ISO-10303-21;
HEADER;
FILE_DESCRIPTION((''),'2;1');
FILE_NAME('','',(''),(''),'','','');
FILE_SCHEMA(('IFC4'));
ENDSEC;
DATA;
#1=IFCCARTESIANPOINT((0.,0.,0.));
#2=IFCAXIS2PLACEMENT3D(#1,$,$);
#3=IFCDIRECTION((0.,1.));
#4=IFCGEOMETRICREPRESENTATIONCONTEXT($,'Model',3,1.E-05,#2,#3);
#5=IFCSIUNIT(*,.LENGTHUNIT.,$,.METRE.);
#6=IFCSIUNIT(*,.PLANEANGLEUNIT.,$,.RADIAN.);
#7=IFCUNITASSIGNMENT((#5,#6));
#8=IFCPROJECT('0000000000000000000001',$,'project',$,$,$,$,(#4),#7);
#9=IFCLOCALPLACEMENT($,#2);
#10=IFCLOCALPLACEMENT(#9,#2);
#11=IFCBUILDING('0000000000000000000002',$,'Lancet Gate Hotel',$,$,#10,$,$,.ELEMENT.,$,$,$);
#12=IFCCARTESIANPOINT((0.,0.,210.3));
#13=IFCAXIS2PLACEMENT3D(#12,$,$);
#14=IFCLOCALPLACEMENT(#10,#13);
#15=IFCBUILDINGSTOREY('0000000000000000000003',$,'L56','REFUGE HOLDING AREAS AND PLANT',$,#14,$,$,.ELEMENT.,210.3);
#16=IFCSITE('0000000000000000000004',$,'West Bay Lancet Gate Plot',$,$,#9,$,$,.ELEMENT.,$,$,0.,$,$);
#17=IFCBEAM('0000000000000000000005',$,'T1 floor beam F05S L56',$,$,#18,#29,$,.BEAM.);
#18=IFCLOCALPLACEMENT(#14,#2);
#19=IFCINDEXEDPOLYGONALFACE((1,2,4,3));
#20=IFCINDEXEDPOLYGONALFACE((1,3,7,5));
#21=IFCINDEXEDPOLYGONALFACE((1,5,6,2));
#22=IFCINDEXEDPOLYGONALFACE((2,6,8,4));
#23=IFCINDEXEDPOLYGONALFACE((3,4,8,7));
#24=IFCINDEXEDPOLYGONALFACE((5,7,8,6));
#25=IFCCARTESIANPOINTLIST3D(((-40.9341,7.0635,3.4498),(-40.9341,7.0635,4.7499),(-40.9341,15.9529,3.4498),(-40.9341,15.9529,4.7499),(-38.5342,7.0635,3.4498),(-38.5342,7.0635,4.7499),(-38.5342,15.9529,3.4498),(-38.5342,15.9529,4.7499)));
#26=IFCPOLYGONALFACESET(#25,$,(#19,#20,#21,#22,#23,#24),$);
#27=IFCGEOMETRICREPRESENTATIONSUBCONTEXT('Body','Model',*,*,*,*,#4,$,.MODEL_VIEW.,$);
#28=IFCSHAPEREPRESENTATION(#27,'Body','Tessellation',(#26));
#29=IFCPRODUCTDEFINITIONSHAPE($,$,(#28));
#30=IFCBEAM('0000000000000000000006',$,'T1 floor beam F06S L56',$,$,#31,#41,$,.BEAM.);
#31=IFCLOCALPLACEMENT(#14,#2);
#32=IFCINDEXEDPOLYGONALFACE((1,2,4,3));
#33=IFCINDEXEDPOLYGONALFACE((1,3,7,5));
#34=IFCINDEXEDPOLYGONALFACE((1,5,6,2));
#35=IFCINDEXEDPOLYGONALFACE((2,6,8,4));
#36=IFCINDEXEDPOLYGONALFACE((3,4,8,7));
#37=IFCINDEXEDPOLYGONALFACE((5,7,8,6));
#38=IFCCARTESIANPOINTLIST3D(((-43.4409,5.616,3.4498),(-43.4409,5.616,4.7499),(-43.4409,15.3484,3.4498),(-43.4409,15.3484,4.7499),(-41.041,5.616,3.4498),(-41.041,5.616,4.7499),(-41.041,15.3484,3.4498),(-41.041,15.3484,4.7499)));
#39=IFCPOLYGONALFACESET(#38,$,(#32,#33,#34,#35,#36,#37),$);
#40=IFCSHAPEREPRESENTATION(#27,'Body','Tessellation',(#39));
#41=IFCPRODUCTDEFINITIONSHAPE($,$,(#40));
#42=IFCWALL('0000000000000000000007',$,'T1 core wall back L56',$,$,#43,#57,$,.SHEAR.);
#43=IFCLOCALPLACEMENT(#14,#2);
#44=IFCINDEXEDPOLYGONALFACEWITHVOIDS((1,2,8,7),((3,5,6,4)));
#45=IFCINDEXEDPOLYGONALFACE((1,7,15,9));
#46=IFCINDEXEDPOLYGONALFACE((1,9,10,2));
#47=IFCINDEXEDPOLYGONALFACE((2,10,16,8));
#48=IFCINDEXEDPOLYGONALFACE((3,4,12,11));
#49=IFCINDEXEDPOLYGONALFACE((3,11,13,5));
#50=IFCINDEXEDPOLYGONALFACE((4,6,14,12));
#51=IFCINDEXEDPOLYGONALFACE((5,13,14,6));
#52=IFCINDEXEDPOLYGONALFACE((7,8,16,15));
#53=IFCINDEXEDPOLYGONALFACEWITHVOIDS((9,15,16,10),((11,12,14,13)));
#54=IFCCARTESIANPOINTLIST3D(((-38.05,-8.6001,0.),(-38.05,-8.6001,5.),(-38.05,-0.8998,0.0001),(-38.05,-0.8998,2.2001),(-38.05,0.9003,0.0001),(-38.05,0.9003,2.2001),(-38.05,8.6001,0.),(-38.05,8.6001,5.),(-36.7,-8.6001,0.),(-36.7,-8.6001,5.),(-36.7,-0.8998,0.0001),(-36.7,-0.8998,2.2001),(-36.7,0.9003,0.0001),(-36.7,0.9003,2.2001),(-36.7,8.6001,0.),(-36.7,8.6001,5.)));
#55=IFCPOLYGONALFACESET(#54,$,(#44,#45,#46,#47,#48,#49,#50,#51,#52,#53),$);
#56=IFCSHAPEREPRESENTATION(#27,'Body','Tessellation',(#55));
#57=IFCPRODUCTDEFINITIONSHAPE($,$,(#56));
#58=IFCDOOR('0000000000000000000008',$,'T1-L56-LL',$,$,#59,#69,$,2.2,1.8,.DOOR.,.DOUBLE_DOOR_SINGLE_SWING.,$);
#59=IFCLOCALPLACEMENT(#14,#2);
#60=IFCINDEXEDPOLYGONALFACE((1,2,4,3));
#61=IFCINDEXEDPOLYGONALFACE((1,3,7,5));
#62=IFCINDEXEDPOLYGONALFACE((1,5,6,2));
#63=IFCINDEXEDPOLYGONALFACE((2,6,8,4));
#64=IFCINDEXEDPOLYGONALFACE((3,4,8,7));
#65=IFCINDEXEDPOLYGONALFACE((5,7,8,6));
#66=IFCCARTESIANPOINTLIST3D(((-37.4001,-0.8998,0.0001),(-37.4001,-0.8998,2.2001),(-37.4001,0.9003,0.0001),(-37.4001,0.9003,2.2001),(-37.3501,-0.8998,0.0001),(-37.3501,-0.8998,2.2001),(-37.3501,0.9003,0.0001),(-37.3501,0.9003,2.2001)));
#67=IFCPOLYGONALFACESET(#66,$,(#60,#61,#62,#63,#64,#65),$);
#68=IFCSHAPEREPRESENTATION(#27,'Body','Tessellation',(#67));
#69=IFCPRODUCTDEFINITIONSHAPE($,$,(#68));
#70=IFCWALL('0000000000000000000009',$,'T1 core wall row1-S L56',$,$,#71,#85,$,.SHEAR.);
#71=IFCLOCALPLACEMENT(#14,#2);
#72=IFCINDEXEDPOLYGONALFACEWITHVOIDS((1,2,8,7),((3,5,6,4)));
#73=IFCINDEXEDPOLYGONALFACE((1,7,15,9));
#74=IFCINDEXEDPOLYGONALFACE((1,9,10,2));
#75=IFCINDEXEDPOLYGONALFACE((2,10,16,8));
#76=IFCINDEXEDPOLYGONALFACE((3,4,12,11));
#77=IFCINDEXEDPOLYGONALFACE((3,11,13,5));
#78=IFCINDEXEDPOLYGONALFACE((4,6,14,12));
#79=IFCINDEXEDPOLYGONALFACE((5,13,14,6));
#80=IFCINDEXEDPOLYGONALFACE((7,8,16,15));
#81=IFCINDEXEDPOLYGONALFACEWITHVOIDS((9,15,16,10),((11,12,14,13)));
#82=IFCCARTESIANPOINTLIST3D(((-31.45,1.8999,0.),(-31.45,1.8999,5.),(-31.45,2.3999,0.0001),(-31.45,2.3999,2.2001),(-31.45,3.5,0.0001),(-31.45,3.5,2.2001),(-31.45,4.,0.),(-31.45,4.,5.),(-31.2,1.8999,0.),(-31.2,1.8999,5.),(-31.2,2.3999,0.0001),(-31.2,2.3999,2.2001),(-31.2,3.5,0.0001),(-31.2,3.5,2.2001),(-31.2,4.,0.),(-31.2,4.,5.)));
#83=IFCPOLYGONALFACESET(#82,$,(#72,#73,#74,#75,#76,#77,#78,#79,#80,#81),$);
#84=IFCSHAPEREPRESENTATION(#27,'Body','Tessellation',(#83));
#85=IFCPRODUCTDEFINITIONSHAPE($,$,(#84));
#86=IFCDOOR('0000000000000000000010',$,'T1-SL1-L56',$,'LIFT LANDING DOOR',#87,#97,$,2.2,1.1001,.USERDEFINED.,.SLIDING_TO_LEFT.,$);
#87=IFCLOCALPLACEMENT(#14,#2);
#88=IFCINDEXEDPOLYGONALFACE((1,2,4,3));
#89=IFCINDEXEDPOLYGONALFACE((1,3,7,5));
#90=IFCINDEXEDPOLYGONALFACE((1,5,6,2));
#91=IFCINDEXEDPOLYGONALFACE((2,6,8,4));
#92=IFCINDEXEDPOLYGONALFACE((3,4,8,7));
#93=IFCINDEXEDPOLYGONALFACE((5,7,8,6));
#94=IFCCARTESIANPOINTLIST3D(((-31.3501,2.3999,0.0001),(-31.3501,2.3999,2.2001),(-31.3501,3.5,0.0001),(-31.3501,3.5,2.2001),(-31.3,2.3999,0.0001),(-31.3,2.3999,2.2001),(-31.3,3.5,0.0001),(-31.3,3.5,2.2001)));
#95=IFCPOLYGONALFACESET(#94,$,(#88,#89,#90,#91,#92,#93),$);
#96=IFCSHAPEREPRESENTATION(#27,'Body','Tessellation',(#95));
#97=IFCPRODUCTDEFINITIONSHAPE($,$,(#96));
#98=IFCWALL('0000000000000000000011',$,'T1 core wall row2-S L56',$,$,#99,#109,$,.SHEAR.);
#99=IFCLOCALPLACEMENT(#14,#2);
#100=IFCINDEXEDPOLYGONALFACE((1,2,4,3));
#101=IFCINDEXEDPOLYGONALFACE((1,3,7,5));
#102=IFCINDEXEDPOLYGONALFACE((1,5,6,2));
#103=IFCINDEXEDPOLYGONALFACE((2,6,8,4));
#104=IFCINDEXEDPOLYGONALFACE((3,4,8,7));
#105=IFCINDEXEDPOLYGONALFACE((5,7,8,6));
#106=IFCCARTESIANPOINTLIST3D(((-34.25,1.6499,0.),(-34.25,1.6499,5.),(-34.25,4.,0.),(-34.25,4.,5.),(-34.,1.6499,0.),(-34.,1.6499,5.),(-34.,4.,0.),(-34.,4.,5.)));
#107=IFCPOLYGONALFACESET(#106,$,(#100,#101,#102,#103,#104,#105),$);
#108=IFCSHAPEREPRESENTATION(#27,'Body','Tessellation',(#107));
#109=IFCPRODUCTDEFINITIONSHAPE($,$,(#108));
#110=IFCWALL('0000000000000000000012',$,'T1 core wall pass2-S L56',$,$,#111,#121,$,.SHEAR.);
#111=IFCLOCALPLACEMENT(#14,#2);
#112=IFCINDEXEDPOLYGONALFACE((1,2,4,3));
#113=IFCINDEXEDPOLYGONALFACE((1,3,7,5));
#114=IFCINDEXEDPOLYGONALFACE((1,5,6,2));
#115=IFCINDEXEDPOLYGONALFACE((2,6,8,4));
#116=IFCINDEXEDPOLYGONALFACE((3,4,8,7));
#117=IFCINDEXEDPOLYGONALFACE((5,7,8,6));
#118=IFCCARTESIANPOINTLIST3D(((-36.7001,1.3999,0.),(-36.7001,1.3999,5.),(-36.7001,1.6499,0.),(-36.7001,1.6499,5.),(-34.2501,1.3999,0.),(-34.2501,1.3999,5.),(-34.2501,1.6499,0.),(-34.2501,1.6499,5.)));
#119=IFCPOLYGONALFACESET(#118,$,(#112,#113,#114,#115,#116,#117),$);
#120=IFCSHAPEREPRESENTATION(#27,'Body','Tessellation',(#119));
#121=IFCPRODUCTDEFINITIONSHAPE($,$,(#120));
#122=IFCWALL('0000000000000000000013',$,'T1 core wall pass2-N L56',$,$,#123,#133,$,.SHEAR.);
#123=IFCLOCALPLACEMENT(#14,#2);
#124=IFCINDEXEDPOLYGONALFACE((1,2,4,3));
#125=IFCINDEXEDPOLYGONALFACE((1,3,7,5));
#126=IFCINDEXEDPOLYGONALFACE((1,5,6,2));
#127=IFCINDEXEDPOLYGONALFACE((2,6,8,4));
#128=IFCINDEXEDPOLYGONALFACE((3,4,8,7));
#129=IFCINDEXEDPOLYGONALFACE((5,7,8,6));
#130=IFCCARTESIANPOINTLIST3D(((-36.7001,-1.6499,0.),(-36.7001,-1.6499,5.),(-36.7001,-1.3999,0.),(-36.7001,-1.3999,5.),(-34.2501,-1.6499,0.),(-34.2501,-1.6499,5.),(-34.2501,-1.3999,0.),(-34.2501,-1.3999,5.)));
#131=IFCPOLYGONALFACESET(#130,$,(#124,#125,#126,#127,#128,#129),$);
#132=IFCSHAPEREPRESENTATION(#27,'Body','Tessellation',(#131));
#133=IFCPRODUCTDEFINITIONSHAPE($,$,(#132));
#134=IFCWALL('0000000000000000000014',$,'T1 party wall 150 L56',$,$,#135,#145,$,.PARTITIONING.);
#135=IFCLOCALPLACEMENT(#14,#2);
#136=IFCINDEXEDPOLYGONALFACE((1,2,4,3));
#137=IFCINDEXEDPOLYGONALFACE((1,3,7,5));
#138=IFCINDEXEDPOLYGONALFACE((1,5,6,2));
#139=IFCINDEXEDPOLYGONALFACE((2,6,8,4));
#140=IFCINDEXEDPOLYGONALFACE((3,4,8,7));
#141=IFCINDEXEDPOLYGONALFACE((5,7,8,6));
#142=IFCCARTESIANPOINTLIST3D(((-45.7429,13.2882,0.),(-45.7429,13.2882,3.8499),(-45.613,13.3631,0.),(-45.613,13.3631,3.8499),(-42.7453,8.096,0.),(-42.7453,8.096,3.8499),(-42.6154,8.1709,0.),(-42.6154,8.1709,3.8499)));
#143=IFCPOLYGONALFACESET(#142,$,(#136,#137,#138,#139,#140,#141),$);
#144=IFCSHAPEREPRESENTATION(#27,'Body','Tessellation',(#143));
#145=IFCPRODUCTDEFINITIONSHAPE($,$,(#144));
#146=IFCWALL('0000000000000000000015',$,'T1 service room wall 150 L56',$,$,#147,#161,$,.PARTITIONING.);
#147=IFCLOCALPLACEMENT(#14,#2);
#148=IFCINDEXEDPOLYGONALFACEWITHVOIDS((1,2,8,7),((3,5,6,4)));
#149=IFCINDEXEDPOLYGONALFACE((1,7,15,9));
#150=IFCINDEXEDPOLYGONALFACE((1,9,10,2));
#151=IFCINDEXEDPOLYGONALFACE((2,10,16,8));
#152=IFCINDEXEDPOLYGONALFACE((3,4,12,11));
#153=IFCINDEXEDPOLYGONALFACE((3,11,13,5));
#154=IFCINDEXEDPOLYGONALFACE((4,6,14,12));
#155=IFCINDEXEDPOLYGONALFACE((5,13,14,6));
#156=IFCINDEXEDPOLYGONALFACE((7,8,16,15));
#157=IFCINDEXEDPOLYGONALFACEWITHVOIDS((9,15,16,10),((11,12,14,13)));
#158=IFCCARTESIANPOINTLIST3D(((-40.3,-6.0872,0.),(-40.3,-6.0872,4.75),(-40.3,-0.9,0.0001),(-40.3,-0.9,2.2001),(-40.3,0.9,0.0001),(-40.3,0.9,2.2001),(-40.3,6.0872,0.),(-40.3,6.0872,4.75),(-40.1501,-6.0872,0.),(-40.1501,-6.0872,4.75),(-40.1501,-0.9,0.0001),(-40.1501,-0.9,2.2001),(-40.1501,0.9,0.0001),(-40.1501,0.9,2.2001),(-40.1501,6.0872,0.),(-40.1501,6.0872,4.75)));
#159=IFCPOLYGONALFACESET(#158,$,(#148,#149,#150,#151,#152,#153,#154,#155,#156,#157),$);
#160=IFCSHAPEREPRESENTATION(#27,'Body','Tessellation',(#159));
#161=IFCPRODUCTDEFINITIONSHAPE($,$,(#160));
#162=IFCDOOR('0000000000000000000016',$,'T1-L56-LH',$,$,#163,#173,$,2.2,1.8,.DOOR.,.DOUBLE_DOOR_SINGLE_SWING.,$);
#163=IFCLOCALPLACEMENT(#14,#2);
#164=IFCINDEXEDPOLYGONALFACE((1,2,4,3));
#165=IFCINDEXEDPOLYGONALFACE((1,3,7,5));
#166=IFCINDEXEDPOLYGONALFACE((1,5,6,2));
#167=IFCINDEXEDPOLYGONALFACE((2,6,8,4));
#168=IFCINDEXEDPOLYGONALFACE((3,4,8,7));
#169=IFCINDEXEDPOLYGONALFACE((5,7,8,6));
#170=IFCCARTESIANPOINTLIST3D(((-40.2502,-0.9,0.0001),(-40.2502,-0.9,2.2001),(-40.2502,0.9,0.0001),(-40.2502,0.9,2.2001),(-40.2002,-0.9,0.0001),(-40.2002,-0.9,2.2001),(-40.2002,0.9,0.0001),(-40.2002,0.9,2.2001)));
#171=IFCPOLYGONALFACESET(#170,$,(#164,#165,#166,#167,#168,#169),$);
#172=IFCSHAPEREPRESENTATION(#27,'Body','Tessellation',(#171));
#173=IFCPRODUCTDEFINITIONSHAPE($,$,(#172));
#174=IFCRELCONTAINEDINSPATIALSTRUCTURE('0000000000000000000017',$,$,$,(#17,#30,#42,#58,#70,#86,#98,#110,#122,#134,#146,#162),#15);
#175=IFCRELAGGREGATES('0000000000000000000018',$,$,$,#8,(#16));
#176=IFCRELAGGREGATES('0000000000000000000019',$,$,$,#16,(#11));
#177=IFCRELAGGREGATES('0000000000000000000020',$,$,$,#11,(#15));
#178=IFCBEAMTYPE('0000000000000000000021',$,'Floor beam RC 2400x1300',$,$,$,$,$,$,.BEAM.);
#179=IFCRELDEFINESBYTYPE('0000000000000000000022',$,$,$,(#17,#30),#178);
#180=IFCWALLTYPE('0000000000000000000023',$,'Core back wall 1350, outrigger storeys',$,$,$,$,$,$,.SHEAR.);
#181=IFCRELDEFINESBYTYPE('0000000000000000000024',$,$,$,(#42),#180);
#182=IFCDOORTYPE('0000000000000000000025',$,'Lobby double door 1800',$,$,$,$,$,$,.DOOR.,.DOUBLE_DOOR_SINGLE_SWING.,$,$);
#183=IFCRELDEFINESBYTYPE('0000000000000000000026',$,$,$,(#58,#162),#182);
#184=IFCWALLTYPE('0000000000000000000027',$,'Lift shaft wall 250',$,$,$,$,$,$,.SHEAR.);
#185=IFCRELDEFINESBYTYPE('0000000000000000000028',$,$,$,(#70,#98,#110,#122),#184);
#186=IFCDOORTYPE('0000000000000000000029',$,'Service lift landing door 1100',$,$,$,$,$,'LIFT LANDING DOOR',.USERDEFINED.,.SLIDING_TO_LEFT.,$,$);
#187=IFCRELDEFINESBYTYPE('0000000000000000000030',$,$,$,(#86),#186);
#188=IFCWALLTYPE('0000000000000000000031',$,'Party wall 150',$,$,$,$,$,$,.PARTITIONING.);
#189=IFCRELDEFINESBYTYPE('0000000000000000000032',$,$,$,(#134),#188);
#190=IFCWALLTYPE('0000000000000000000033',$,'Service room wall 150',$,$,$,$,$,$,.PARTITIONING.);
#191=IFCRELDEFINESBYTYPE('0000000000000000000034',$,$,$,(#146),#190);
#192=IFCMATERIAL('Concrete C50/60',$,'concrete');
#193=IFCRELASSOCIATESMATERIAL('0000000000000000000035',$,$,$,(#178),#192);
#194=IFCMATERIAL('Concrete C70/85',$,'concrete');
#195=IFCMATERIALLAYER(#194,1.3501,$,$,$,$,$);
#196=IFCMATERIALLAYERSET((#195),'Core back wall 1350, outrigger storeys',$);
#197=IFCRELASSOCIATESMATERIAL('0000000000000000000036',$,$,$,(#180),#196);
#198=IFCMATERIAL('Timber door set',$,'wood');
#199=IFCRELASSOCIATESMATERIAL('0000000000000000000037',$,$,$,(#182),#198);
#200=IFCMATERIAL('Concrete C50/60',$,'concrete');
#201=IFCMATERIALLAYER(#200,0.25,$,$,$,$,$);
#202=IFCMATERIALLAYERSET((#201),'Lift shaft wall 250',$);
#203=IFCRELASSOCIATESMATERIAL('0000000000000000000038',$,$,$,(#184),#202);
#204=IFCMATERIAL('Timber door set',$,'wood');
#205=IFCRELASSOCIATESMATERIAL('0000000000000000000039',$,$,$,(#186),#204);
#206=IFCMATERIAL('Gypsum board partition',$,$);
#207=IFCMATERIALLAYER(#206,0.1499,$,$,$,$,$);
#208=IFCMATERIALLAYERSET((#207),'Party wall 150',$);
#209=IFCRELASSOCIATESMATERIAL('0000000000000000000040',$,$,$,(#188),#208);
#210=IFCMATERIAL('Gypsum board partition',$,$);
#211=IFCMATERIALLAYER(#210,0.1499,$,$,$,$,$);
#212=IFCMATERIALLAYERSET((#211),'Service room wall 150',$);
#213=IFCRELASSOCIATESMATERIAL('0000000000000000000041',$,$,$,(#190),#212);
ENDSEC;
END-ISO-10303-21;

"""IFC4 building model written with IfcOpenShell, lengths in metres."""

from ifc_helpers import new_model, si_unit, direction, frame, frame_2d, origin, origin_2d, place, context, subcontext, project, spatial, rectangle, extrude, material, layer, layer_set, material_profile, profile_set, type_object, element, fill, save


model = new_model("IFC4")

# Units and contexts
model_context = context("Model", 3, precision=1e-05, world=origin(), true_north=direction((0.0, 1.0)))
body_context = subcontext(model_context, "Body", "Model", "MODEL_VIEW")
ifc_project = project(units=[si_unit("LENGTHUNIT", "METRE"), si_unit("PLANEANGLEUNIT", "RADIAN")], contexts=[model_context])

# Site, building, storey
site_placement = place(None, origin())
site = spatial("IfcSite", under=ifc_project, at=site_placement, Name="West Bay Lancet Gate Plot", CompositionType="ELEMENT", RefElevation=0.0)
building_placement = place(site_placement, origin())
building = spatial("IfcBuilding", under=site, at=building_placement, Name="Lancet Gate Hotel", CompositionType="ELEMENT")
storey_placement = place(building_placement, frame((0.0, 0.0, 210.3)))
storey = spatial("IfcBuildingStorey", under=building, at=storey_placement, Name="L56", Description="REFUGE HOLDING AREAS AND PLANT", CompositionType="ELEMENT", Elevation=210.3)

# Beams
ifc_material_1 = material(Name="Concrete C50/60", Category="concrete")
ifc_material_profile = material_profile(ifc_material_1, rectangle(XDim=2.3999, YDim=1.3, at=origin_2d()), Name="RC 2400x1300")
ifc_profile_set = profile_set([ifc_material_profile], Name="Concrete C50/60")
beam_type = type_object("IfcBeamType", Name="Floor beam RC 2400x1300", PredefinedType="BEAM", material=ifc_profile_set)
beam_1_placement = place(storey_placement, frame((-39.7341, 15.9529, 4.0999), z_axis=(0.0, -1.0, 0.0), x_axis=(1.0, 0.0, 0.0)))
element("IfcBeam", 1, at=beam_1_placement, inside=storey, type_object=beam_type, Name="T1 floor beam F05S L56", PredefinedType="BEAM", context=body_context, shape_type="SweptSolid", body=[
    extrude(rectangle(XDim=2.3999, YDim=1.3, at=origin_2d()), origin(), (0.0, 0.0, 1.0), 8.8894),
])
beam_2_placement = place(storey_placement, frame((-42.241, 15.3484, 4.0999), z_axis=(0.0, -1.0, 0.0), x_axis=(1.0, 0.0, 0.0)))
element("IfcBeam", 2, at=beam_2_placement, inside=storey, type_object=beam_type, Name="T1 floor beam F06S L56", PredefinedType="BEAM", context=body_context, shape_type="SweptSolid", body=[
    extrude(rectangle(XDim=2.3999, YDim=1.3, at=origin_2d()), origin(), (0.0, 0.0, 1.0), 9.7324),
])

# Walls, openings, doors
ifc_material_2 = material(Name="Concrete C70/85", Category="concrete")
ifc_layer_1 = layer(ifc_material_2, 1.3501)
ifc_layer_set_1 = layer_set([ifc_layer_1], Name="Core back wall 1350, outrigger storeys")
wall_type_1 = type_object("IfcWallType", Name="Core back wall 1350, outrigger storeys", PredefinedType="SHEAR", material=ifc_layer_set_1)
wall_1_placement = place(storey_placement, frame((-37.375, 8.6001, 0.0), z_axis=(0.0, 0.0, 1.0), x_axis=(0.0, -1.0, 0.0)))
wall_1 = element("IfcWall", 3, at=wall_1_placement, inside=storey, type_object=wall_type_1, Name="T1 core wall back L56", PredefinedType="SHEAR", context=body_context, shape_type="SweptSolid", body=[
    extrude(rectangle(XDim=17.2002, YDim=1.3501, at=frame_2d((8.6001, 0.0))), origin(), (0.0, 0.0, 1.0), 5.0),
])
opening_1_placement = place(wall_1_placement, frame((7.7, 0.0, 0.0)))
opening_1 = element("IfcOpeningElement", 4, at=opening_1_placement, cuts=wall_1, PredefinedType="OPENING", context=body_context, shape_type="SweptSolid", body=[
    extrude(rectangle(XDim=1.8, YDim=2.2, at=frame_2d((0.8999, 1.1001))), frame((0.0, 0.6851, 0.0), z_axis=(0.0, -1.0, 0.0), x_axis=(1.0, 0.0, 0.0)), (0.0, 0.0, 1.0), 1.3701),
])
ifc_material_3 = material(Name="Timber door set", Category="wood")
door_type_1 = type_object("IfcDoorType", Name="Lobby double door 1800", OperationType="DOUBLE_DOOR_SINGLE_SWING", PredefinedType="DOOR", material=ifc_material_3)
door_1_placement = place(opening_1_placement, origin())
door_1 = element("IfcDoor", 5, at=door_1_placement, inside=storey, type_object=door_type_1, Name="T1-L56-LL", OperationType="DOUBLE_DOOR_SINGLE_SWING", OverallHeight=2.2, OverallWidth=1.8, PredefinedType="DOOR", context=body_context, shape_type="SweptSolid", body=[
    extrude(rectangle(XDim=1.8, YDim=2.2, at=frame_2d((0.8999, 1.1001))), frame((0.0, 0.0249, 0.0), z_axis=(0.0, -1.0, 0.0), x_axis=(1.0, 0.0, 0.0)), (0.0, 0.0, 1.0), 0.05),
])
fill(opening_1, door_1)
ifc_material_4 = material(Name="Concrete C50/60", Category="concrete")
ifc_layer_2 = layer(ifc_material_4, 0.25)
ifc_layer_set_2 = layer_set([ifc_layer_2], Name="Lift shaft wall 250")
wall_type_2 = type_object("IfcWallType", Name="Lift shaft wall 250", PredefinedType="SHEAR", material=ifc_layer_set_2)
wall_2_placement = place(storey_placement, frame((-31.325, 4.0, 0.0), z_axis=(0.0, 0.0, 1.0), x_axis=(0.0, -1.0, 0.0)))
wall_2 = element("IfcWall", 6, at=wall_2_placement, inside=storey, type_object=wall_type_2, Name="T1 core wall row1-S L56", PredefinedType="SHEAR", context=body_context, shape_type="SweptSolid", body=[
    extrude(rectangle(XDim=2.1001, YDim=0.25, at=frame_2d((1.05, 0.0))), origin(), (0.0, 0.0, 1.0), 5.0),
])
opening_2_placement = place(wall_2_placement, frame((0.5, 0.0, 0.0)))
opening_2 = element("IfcOpeningElement", 7, at=opening_2_placement, cuts=wall_2, PredefinedType="OPENING", context=body_context, shape_type="SweptSolid", body=[
    extrude(rectangle(XDim=1.1001, YDim=2.2, at=frame_2d((0.55, 1.1001))), frame((0.0, 0.135, 0.0), z_axis=(0.0, -1.0, 0.0), x_axis=(1.0, 0.0, 0.0)), (0.0, 0.0, 1.0), 0.27),
])
ifc_material_5 = material(Name="Timber door set", Category="wood")
door_type_2 = type_object("IfcDoorType", Name="Service lift landing door 1100", ElementType="LIFT LANDING DOOR", OperationType="SLIDING_TO_LEFT", PredefinedType="USERDEFINED", material=ifc_material_5)
door_2_placement = place(opening_2_placement, origin())
door_2 = element("IfcDoor", 8, at=door_2_placement, inside=storey, type_object=door_type_2, Name="T1-SL1-L56", ObjectType="LIFT LANDING DOOR", OperationType="SLIDING_TO_LEFT", OverallHeight=2.2, OverallWidth=1.1001, PredefinedType="USERDEFINED", context=body_context, shape_type="SweptSolid", body=[
    extrude(rectangle(XDim=1.1001, YDim=2.2, at=frame_2d((0.55, 1.1001))), frame((0.0, 0.0249, 0.0), z_axis=(0.0, -1.0, 0.0), x_axis=(1.0, 0.0, 0.0)), (0.0, 0.0, 1.0), 0.05),
])
fill(opening_2, door_2)

# Walls
wall_3_placement = place(storey_placement, frame((-34.125, 4.0, 0.0), z_axis=(0.0, 0.0, 1.0), x_axis=(0.0, -1.0, 0.0)))
element("IfcWall", 9, at=wall_3_placement, inside=storey, type_object=wall_type_2, Name="T1 core wall row2-S L56", PredefinedType="SHEAR", context=body_context, shape_type="SweptSolid", body=[
    extrude(rectangle(XDim=2.3501, YDim=0.25, at=frame_2d((1.175, 0.0))), origin(), (0.0, 0.0, 1.0), 5.0),
])
for number, where, z_axis, x_axis, name in (
    (10, (-34.25, 1.5249, 0.0), (0.0, 0.0, 1.0), (-1.0, 0.0, 0.0), "T1 core wall pass2-S L56"),
    (11, (-34.25, -1.5249, 0.0), (0.0, 0.0, 1.0), (-1.0, 0.0, 0.0), "T1 core wall pass2-N L56"),
):
    element("IfcWall", number, at=place(storey_placement, frame(where, z_axis=z_axis, x_axis=x_axis)), inside=storey, type_object=wall_type_2, Name=name, PredefinedType="SHEAR", context=body_context, shape_type="SweptSolid", body=[
        extrude(rectangle(XDim=2.45, YDim=0.25, at=frame_2d((1.2251, 0.0))), origin(), (0.0, 0.0, 1.0), 5.0),
    ])
ifc_material_6 = material(Name="Gypsum board partition")
ifc_layer_3 = layer(ifc_material_6, 0.1499)
ifc_layer_set_3 = layer_set([ifc_layer_3], Name="Party wall 150")
wall_type_3 = type_object("IfcWallType", Name="Party wall 150", PredefinedType="PARTITIONING", material=ifc_layer_set_3)
wall_4_placement = place(storey_placement, frame((-42.6804, 8.1335, 0.0), z_axis=(0.0, 0.0, 1.0), x_axis=(-0.499984, 0.866034, 0.0)))
element("IfcWall", 12, at=wall_4_placement, inside=storey, type_object=wall_type_3, Name="T1 party wall 150 L56", PredefinedType="PARTITIONING", context=body_context, shape_type="SweptSolid", body=[
    extrude(rectangle(XDim=5.9954, YDim=0.1499, at=frame_2d((2.9976, 0.0))), origin(), (0.0, 0.0, 1.0), 3.8499),
])

# Wall, opening, door
ifc_material_7 = material(Name="Gypsum board partition")
ifc_layer_4 = layer(ifc_material_7, 0.1499)
ifc_layer_set_4 = layer_set([ifc_layer_4], Name="Service room wall 150")
wall_type_4 = type_object("IfcWallType", Name="Service room wall 150", PredefinedType="PARTITIONING", material=ifc_layer_set_4)
wall_5_placement = place(storey_placement, frame((-40.2251, 6.0872, 0.0), z_axis=(0.0, 0.0, 1.0), x_axis=(0.0, -1.0, 0.0)))
wall_5 = element("IfcWall", 13, at=wall_5_placement, inside=storey, type_object=wall_type_4, Name="T1 service room wall 150 L56", PredefinedType="PARTITIONING", context=body_context, shape_type="SweptSolid", body=[
    extrude(rectangle(XDim=12.1743, YDim=0.1499, at=frame_2d((6.0872, 0.0))), origin(), (0.0, 0.0, 1.0), 4.75),
])
opening_3_placement = place(wall_5_placement, frame((5.1873, 0.0, 0.0)))
opening_3 = element("IfcOpeningElement", 14, at=opening_3_placement, cuts=wall_5, PredefinedType="OPENING", context=body_context, shape_type="SweptSolid", body=[
    extrude(rectangle(XDim=1.8, YDim=2.2, at=frame_2d((0.8999, 1.1001))), frame((0.0, 0.085, 0.0), z_axis=(0.0, -1.0, 0.0), x_axis=(1.0, 0.0, 0.0)), (0.0, 0.0, 1.0), 0.1699),
])
door_3_placement = place(opening_3_placement, origin())
door_3 = element("IfcDoor", 15, at=door_3_placement, inside=storey, type_object=door_type_1, Name="T1-L56-LH", OperationType="DOUBLE_DOOR_SINGLE_SWING", OverallHeight=2.2, OverallWidth=1.8, PredefinedType="DOOR", context=body_context, shape_type="SweptSolid", body=[
    extrude(rectangle(XDim=1.8, YDim=2.2, at=frame_2d((0.8999, 1.1001))), frame((0.0, 0.0249, 0.0), z_axis=(0.0, -1.0, 0.0), x_axis=(1.0, 0.0, 0.0)), (0.0, 0.0, 1.0), 0.05),
])
fill(opening_3, door_3)

save(model, "model.ifc")
